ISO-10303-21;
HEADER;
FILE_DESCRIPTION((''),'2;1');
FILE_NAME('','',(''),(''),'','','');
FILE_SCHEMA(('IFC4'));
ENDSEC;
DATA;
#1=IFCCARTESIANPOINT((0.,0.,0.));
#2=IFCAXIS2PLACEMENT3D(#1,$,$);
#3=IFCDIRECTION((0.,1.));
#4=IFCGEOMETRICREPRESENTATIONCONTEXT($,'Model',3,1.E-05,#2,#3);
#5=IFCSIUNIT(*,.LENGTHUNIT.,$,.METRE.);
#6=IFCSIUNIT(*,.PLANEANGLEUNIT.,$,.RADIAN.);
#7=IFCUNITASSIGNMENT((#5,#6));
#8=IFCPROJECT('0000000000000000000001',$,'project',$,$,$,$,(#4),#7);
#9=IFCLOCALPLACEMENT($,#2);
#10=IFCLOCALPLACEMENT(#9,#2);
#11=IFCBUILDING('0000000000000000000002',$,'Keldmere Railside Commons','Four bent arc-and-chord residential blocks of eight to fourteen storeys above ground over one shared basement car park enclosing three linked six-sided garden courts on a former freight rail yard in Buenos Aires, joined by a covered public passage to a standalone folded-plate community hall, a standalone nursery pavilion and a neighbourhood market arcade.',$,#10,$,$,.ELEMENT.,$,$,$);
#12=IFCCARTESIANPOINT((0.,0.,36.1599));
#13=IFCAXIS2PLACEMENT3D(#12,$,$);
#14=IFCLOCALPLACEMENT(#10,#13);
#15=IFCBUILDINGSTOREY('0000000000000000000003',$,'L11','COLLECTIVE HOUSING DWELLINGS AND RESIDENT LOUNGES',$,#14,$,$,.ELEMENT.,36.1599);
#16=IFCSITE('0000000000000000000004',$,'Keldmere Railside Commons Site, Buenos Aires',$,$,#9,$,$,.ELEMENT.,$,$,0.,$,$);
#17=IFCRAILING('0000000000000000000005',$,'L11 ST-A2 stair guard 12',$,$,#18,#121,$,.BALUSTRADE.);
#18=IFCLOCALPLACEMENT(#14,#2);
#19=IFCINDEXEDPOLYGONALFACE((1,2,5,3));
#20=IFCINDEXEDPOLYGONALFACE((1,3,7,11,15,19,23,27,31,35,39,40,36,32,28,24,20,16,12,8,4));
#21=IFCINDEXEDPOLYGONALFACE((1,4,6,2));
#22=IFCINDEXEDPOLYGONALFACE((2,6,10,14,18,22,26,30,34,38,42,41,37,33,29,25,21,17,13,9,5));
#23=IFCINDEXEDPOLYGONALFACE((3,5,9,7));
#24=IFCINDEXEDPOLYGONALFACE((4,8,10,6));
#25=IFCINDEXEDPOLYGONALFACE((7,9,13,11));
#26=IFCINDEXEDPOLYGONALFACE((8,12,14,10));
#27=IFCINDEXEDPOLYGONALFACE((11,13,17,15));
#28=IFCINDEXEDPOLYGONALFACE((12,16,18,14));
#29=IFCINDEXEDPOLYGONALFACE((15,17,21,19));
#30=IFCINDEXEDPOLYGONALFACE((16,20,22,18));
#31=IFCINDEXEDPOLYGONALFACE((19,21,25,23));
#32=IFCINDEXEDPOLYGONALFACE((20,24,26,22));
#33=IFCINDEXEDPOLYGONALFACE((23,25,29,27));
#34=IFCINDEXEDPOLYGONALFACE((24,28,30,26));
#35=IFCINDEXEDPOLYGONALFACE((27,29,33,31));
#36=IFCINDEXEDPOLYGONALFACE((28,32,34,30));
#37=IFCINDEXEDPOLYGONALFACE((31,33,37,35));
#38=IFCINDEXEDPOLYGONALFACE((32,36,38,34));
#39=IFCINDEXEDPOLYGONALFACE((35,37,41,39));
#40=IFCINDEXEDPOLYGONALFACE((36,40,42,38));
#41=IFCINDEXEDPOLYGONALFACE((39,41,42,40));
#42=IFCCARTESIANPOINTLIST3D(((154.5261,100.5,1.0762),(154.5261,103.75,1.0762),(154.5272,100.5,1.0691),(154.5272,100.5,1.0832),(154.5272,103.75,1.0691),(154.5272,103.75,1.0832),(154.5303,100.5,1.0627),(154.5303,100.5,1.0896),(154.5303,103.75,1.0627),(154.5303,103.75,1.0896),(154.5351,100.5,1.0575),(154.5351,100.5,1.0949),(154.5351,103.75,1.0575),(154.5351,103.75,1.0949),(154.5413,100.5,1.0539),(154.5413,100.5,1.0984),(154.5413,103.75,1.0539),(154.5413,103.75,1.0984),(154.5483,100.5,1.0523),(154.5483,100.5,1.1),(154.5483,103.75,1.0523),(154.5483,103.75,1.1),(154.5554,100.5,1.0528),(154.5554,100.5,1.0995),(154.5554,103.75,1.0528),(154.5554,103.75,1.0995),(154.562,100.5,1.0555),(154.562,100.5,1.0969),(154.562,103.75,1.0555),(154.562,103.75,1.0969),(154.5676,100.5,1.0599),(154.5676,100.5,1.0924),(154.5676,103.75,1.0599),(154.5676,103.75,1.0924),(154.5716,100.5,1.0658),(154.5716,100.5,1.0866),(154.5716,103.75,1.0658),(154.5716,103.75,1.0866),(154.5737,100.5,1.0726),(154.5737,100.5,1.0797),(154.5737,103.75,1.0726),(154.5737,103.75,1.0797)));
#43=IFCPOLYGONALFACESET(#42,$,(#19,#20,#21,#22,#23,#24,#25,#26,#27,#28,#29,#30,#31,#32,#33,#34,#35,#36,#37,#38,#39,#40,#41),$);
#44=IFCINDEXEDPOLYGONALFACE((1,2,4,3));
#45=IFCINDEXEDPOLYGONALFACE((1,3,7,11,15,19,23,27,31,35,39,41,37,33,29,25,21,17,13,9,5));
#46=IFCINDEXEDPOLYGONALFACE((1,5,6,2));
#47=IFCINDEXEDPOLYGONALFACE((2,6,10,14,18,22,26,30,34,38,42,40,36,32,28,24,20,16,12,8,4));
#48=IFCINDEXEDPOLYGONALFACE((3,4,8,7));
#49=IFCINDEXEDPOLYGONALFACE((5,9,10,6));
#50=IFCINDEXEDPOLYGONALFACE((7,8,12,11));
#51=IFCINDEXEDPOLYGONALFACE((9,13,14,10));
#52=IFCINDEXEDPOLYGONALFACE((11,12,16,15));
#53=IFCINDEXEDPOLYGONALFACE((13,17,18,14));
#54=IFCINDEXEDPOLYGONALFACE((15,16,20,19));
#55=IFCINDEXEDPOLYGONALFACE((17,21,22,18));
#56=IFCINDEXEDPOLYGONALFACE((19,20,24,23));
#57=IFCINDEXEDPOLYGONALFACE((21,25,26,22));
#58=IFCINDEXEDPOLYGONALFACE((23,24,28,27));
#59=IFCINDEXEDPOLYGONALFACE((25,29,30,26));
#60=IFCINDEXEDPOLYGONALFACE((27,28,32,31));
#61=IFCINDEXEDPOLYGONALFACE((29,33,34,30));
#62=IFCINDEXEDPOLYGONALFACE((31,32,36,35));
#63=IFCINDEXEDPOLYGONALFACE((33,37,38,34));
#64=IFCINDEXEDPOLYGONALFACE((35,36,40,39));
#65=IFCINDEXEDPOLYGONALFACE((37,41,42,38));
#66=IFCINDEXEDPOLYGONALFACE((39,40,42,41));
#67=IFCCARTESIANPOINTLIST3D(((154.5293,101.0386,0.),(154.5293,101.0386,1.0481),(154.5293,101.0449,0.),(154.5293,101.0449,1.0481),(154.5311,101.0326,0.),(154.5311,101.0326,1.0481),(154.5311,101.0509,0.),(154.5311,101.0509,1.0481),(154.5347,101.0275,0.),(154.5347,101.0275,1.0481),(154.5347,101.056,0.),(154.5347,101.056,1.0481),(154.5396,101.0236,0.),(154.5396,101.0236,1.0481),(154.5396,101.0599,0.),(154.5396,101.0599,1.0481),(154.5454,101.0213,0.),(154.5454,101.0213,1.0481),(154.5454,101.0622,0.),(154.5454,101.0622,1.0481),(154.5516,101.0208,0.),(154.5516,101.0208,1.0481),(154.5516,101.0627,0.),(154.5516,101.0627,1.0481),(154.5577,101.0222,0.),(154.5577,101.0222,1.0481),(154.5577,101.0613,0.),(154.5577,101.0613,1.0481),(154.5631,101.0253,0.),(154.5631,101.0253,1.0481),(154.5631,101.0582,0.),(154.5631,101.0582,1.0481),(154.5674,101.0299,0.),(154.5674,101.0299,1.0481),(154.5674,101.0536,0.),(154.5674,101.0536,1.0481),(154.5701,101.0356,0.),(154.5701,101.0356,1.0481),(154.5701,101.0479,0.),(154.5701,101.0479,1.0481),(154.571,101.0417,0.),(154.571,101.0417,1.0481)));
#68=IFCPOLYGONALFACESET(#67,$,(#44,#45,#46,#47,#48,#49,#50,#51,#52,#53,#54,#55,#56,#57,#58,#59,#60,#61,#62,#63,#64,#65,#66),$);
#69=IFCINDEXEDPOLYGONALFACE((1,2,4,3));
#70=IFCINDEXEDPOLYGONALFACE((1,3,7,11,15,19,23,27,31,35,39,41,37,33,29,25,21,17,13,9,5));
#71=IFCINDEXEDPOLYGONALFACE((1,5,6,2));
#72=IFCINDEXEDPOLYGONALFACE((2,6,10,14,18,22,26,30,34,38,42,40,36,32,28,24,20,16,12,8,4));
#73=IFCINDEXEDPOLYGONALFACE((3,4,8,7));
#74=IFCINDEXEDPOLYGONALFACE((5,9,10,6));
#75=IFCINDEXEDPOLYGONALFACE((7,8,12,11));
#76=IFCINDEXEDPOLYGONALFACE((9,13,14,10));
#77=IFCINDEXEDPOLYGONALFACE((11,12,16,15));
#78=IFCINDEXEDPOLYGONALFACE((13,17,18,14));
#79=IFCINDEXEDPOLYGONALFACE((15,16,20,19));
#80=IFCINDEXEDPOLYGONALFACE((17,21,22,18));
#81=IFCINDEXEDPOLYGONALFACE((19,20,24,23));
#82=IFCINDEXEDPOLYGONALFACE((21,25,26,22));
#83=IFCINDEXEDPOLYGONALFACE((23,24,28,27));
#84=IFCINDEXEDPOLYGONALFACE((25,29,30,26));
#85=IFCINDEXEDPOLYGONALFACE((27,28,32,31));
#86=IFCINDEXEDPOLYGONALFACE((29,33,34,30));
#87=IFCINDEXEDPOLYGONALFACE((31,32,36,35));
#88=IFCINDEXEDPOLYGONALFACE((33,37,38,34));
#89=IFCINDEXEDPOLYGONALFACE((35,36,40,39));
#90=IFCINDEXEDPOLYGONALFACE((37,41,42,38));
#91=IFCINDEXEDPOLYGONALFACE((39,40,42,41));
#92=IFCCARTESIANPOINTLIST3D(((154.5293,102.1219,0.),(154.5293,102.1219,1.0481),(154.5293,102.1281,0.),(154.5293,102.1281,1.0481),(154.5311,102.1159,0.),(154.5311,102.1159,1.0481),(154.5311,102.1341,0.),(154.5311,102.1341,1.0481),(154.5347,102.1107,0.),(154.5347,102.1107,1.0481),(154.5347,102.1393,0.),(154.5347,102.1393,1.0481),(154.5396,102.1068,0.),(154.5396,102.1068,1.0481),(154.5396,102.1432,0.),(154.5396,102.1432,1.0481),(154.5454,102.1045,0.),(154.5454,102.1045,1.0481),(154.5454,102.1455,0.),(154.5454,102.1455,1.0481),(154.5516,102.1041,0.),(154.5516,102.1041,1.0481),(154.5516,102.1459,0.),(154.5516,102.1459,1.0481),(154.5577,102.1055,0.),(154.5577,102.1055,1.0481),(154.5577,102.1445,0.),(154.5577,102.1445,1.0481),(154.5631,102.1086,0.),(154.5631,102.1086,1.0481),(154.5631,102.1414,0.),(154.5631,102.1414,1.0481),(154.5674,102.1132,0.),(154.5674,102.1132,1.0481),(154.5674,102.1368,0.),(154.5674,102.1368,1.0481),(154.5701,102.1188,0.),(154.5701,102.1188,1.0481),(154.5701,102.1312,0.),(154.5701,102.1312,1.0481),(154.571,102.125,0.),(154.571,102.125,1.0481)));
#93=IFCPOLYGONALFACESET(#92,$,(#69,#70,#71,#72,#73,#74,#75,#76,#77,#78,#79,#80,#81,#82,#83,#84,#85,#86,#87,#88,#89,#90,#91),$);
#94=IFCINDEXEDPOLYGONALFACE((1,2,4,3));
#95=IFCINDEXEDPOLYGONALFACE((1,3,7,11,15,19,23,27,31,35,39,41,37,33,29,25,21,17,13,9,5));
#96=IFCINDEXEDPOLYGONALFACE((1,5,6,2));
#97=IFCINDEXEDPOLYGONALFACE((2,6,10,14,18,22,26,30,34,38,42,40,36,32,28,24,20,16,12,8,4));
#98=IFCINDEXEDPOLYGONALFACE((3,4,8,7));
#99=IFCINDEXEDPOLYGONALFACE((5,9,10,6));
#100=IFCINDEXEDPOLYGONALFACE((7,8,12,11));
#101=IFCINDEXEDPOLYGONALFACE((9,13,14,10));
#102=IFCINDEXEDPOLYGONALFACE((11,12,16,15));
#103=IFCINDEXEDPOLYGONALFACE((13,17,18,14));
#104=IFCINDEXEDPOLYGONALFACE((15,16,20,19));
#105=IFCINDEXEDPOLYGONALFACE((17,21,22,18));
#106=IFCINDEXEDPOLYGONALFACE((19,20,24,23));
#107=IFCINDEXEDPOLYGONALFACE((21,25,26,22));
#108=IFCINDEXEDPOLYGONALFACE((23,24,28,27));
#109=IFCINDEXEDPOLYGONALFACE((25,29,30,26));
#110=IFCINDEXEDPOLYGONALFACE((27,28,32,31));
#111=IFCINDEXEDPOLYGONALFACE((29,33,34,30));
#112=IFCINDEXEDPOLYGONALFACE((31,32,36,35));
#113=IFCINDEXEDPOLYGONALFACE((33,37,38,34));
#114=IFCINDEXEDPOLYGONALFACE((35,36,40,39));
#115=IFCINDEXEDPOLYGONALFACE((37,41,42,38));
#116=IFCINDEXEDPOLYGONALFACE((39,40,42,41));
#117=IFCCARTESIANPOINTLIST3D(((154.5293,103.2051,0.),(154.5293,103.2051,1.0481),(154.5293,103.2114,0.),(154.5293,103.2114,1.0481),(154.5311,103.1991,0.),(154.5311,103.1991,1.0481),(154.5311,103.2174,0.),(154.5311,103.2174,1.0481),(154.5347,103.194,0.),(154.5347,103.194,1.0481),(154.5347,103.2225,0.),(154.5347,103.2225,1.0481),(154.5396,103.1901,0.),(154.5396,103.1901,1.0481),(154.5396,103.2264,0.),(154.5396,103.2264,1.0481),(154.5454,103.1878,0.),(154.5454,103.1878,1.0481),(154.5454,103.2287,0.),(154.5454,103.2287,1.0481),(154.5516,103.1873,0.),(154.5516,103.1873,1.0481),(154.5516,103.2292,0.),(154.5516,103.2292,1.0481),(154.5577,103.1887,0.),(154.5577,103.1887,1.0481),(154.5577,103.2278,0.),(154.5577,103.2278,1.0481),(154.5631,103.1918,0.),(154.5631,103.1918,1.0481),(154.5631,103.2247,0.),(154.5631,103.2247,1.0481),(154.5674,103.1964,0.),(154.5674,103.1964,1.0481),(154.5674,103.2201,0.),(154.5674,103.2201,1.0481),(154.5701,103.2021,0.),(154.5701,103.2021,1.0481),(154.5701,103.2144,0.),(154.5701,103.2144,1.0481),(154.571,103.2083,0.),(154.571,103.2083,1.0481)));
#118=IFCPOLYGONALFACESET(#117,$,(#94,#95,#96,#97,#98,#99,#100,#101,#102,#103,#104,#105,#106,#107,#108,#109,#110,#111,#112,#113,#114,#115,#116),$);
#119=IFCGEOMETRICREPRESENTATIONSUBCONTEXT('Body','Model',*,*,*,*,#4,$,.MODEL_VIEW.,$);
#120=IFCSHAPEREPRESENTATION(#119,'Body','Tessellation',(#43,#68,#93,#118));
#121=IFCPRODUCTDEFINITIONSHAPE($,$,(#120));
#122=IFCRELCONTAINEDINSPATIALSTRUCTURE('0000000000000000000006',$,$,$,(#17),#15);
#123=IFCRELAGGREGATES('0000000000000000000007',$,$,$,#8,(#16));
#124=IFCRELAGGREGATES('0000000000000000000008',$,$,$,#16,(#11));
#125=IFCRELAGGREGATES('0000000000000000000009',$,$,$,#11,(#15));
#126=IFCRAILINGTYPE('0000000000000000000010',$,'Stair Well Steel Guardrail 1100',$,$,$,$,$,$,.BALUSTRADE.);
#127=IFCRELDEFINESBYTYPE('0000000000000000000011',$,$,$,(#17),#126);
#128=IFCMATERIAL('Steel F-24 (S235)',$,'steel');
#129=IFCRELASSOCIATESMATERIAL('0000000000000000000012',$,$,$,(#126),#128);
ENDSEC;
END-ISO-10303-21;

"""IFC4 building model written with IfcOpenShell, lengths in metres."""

from ifc_helpers import new_model, si_unit, direction, frame, origin, origin_2d, place, context, subcontext, project, spatial, circle, extrude, material, type_object, element, save


model = new_model("IFC4")

# Units and contexts
model_context = context("Model", 3, precision=1e-05, world=origin(), true_north=direction((0.0, 1.0)))
body_context = subcontext(model_context, "Body", "Model", "MODEL_VIEW")
ifc_project = project(units=[si_unit("LENGTHUNIT", "METRE"), si_unit("PLANEANGLEUNIT", "RADIAN")], contexts=[model_context])

# Site, building, storey
site_placement = place(None, origin())
site = spatial("IfcSite", under=ifc_project, at=site_placement, Name="Keldmere Railside Commons Site, Buenos Aires", CompositionType="ELEMENT", RefElevation=0.0)
building_placement = place(site_placement, origin())
building = spatial("IfcBuilding", under=site, at=building_placement, Name="Keldmere Railside Commons", Description="Four bent arc-and-chord residential blocks of eight to fourteen storeys above ground over one shared basement car park enclosing three linked six-sided garden courts on a former freight rail yard in Buenos Aires, joined by a covered public passage to a standalone folded-plate community hall, a standalone nursery pavilion and a neighbourhood market arcade.", CompositionType="ELEMENT")
storey_placement = place(building_placement, frame((0.0, 0.0, 36.1599)))
storey = spatial("IfcBuildingStorey", under=building, at=storey_placement, Name="L11", Description="COLLECTIVE HOUSING DWELLINGS AND RESIDENT LOUNGES", CompositionType="ELEMENT", Elevation=36.1599)

# Railing
ifc_material_1 = material(Name="Steel F-24 (S235)", Category="steel")
railing_type_1 = type_object("IfcRailingType", Name="Stair Well Steel Guardrail 1100", PredefinedType="BALUSTRADE", material=ifc_material_1)
railing_1_placement = place(storey_placement, frame((154.55, 100.5, 0.0)))
element("IfcRailing", 1, at=railing_1_placement, inside=storey, type_object=railing_type_1, Name="L11 ST-A2 stair guard 12", PredefinedType="BALUSTRADE", context=body_context, shape_type="SweptSolid", body=[
    extrude(circle(Radius=0.0239, at=origin_2d()), frame((0.0, 0.0, 1.0762), z_axis=(0.0, 1.0, 0.0), x_axis=(-1.0, 0.0, 0.0)), (0.0, 0.0, 1.0), 3.25),
    extrude(circle(Radius=0.021, at=origin_2d()), frame((0.0, 0.5417, 0.0)), (0.0, 0.0, 1.0), 1.0481),
    extrude(circle(Radius=0.021, at=origin_2d()), frame((0.0, 1.625, 0.0)), (0.0, 0.0, 1.0), 1.0481),
    extrude(circle(Radius=0.021, at=origin_2d()), frame((0.0, 2.7083, 0.0)), (0.0, 0.0, 1.0), 1.0481),
])

save(model, "model.ifc")
